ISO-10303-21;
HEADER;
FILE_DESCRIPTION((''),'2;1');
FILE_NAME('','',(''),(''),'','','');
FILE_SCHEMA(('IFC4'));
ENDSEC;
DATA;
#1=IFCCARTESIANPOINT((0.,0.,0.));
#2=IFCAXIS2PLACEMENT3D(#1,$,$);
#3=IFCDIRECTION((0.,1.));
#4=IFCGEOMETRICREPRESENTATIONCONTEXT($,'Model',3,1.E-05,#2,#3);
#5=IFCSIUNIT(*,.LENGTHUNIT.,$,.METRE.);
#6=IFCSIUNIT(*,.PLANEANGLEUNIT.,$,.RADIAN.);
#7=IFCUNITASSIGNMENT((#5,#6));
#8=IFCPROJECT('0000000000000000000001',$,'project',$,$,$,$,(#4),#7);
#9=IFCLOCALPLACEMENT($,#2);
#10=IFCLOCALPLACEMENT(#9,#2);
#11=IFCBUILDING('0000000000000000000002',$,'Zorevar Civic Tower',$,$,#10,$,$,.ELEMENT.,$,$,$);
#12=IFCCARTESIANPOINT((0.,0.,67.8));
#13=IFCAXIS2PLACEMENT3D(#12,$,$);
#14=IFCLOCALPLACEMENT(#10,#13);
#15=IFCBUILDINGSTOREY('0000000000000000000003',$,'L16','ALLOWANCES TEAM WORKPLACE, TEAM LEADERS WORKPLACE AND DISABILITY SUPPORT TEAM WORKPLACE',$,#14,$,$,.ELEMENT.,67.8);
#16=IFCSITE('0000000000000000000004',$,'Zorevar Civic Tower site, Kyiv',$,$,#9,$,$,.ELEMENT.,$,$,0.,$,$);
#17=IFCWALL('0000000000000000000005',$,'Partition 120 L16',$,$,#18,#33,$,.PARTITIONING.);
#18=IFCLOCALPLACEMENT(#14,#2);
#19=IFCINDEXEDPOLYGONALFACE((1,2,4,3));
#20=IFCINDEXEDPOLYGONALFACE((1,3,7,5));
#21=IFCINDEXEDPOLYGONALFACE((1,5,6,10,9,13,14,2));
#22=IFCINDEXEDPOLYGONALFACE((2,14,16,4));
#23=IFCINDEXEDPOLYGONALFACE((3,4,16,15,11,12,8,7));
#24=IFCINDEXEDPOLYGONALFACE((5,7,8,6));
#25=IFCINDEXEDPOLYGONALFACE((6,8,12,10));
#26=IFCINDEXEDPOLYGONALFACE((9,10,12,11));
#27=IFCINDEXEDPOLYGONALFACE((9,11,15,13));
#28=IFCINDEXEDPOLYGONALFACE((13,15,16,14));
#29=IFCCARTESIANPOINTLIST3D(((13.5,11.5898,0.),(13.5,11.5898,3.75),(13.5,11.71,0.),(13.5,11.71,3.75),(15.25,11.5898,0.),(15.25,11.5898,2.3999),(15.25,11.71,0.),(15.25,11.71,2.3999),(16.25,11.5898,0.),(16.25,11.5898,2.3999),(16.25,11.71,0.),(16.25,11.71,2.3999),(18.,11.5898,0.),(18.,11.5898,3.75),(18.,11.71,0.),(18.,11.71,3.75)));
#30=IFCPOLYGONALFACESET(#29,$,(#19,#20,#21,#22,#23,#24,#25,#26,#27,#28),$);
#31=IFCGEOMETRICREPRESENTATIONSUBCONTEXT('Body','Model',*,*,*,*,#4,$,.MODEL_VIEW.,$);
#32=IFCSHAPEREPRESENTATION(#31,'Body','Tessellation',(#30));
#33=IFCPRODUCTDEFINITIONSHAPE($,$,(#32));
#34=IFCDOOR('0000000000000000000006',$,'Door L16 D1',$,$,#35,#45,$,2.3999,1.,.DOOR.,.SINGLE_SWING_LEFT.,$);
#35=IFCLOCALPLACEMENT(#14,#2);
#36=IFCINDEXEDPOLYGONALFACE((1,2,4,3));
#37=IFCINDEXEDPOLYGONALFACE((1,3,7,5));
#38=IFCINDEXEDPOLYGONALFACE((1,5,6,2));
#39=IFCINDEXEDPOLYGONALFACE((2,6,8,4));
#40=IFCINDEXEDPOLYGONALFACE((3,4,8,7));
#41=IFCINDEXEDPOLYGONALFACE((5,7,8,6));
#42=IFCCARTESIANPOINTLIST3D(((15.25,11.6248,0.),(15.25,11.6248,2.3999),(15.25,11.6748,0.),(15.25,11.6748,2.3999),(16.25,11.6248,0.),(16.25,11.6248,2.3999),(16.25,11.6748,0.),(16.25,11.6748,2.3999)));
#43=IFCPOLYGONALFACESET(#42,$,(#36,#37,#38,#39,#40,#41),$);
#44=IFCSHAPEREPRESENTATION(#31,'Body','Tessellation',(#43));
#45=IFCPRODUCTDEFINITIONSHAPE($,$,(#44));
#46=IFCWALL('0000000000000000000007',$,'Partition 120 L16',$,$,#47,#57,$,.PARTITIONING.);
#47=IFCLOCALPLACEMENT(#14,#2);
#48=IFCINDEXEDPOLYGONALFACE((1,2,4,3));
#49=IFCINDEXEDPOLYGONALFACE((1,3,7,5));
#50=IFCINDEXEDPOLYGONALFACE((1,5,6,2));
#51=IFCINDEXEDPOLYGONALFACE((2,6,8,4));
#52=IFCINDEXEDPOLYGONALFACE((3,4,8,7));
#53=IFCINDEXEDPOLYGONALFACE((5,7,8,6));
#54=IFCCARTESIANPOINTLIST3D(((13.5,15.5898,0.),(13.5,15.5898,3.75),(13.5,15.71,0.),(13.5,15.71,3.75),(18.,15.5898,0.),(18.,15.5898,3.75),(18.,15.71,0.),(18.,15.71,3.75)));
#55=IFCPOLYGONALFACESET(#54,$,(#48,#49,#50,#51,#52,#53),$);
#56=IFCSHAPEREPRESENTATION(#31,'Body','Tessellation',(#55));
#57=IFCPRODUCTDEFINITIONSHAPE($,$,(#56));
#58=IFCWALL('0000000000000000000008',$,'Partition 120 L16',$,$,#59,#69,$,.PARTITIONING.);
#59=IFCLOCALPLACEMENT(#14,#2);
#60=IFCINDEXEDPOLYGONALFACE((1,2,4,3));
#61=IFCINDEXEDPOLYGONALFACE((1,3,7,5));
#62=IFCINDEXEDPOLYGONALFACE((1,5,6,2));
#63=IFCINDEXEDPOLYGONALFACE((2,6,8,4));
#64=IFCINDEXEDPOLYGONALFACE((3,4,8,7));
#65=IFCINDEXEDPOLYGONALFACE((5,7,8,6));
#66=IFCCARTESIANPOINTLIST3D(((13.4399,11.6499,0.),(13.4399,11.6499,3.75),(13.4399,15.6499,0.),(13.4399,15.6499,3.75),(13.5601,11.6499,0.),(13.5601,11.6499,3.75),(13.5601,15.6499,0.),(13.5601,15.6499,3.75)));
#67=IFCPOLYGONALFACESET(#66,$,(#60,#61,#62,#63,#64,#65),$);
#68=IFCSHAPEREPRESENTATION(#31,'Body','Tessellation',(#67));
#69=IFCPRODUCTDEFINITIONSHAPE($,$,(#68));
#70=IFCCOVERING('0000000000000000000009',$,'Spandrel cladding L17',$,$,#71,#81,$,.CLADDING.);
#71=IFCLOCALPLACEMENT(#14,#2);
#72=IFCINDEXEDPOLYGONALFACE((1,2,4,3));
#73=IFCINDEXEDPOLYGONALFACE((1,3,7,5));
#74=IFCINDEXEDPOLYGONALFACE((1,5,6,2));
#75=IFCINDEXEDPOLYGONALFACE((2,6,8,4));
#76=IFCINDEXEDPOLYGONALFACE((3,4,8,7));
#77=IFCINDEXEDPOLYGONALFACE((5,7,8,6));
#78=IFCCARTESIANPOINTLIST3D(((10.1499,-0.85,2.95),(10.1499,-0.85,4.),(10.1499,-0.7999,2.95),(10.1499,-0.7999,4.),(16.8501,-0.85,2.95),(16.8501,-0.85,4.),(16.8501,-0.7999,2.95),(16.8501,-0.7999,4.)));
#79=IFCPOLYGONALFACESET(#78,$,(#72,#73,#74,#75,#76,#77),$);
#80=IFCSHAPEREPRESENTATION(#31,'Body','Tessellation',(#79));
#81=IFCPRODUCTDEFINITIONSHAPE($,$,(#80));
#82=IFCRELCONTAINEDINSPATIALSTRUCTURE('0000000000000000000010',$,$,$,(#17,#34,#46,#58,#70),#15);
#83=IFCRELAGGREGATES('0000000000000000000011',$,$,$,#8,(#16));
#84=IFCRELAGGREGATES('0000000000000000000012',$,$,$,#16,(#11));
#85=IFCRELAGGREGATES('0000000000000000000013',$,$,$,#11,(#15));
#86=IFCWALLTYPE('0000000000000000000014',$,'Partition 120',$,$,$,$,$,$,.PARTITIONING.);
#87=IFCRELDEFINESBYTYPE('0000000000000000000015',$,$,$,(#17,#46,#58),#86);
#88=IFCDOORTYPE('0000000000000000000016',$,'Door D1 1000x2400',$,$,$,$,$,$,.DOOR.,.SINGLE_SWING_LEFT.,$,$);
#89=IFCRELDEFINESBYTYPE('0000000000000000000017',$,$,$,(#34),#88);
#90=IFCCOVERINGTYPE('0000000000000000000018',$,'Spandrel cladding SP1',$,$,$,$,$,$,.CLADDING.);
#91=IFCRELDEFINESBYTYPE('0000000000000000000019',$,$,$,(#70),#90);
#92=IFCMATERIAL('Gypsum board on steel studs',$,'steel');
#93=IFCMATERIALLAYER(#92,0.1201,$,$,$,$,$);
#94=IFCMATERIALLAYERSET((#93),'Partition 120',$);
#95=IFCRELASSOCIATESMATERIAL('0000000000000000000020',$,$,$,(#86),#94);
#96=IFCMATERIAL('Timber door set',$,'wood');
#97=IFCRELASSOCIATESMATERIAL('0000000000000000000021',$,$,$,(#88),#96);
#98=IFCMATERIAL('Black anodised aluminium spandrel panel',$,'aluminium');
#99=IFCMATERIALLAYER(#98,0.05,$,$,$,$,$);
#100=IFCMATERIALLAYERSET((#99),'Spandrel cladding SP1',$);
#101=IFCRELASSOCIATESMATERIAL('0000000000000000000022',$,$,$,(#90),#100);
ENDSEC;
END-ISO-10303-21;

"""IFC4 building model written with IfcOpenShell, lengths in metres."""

from ifc_helpers import new_model, si_unit, direction, frame, frame_2d, origin, place, context, subcontext, project, spatial, rectangle, extrude, material, layer, layer_set, type_object, element, fill, save


model = new_model("IFC4")

# Units and contexts
model_context = context("Model", 3, precision=1e-05, world=origin(), true_north=direction((0.0, 1.0)))
body_context = subcontext(model_context, "Body", "Model", "MODEL_VIEW")
ifc_project = project(units=[si_unit("LENGTHUNIT", "METRE"), si_unit("PLANEANGLEUNIT", "RADIAN")], contexts=[model_context])

# Site, building, storey
site_placement = place(None, origin())
site = spatial("IfcSite", under=ifc_project, at=site_placement, Name="Zorevar Civic Tower site, Kyiv", CompositionType="ELEMENT", RefElevation=0.0)
building_placement = place(site_placement, origin())
building = spatial("IfcBuilding", under=site, at=building_placement, Name="Zorevar Civic Tower", CompositionType="ELEMENT")
storey_placement = place(building_placement, frame((0.0, 0.0, 67.8)))
storey = spatial("IfcBuildingStorey", under=building, at=storey_placement, Name="L16", Description="ALLOWANCES TEAM WORKPLACE, TEAM LEADERS WORKPLACE AND DISABILITY SUPPORT TEAM WORKPLACE", CompositionType="ELEMENT", Elevation=67.8)

# Wall, opening, door
ifc_material_1 = material(Name="Gypsum board on steel studs", Category="steel")
ifc_layer_1 = layer(ifc_material_1, 0.1201)
ifc_layer_set_1 = layer_set([ifc_layer_1], Name="Partition 120")
wall_type = type_object("IfcWallType", Name="Partition 120", PredefinedType="PARTITIONING", material=ifc_layer_set_1)
wall_1_placement = place(storey_placement, frame((13.5, 11.6499, 0.0), z_axis=(0.0, 0.0, 1.0), x_axis=(1.0, 0.0, 0.0)))
wall_1 = element("IfcWall", 1, at=wall_1_placement, inside=storey, type_object=wall_type, Name="Partition 120 L16", PredefinedType="PARTITIONING", context=body_context, shape_type="SweptSolid", body=[
    extrude(rectangle(XDim=4.5, YDim=0.1201, at=frame_2d((2.25, 0.0))), origin(), (0.0, 0.0, 1.0), 3.75),
])
opening_placement = place(wall_1_placement, frame((1.75, 0.0, 0.0)))
opening = element("IfcOpeningElement", 2, at=opening_placement, cuts=wall_1, PredefinedType="OPENING", context=body_context, shape_type="SweptSolid", body=[
    extrude(rectangle(XDim=1.0, YDim=2.3999, at=frame_2d((0.5, 1.2))), frame((0.0, 0.0701, 0.0), z_axis=(0.0, -1.0, 0.0), x_axis=(1.0, 0.0, 0.0)), (0.0, 0.0, 1.0), 0.1401),
])
ifc_material_2 = material(Name="Timber door set", Category="wood")
door_type = type_object("IfcDoorType", Name="Door D1 1000x2400", OperationType="SINGLE_SWING_LEFT", PredefinedType="DOOR", material=ifc_material_2)
door_placement = place(opening_placement, origin())
door = element("IfcDoor", 3, at=door_placement, inside=storey, type_object=door_type, Name="Door L16 D1", OperationType="SINGLE_SWING_LEFT", OverallHeight=2.3999, OverallWidth=1.0, PredefinedType="DOOR", context=body_context, shape_type="SweptSolid", body=[
    extrude(rectangle(XDim=1.0, YDim=2.3999, at=frame_2d((0.5, 1.2))), frame((0.0, 0.0249, 0.0), z_axis=(0.0, -1.0, 0.0), x_axis=(1.0, 0.0, 0.0)), (0.0, 0.0, 1.0), 0.05),
])
fill(opening, door)

# Walls
wall_2_placement = place(storey_placement, frame((13.5, 15.6499, 0.0), z_axis=(0.0, 0.0, 1.0), x_axis=(1.0, 0.0, 0.0)))
element("IfcWall", 4, at=wall_2_placement, inside=storey, type_object=wall_type, Name="Partition 120 L16", PredefinedType="PARTITIONING", context=body_context, shape_type="SweptSolid", body=[
    extrude(rectangle(XDim=4.5, YDim=0.1201, at=frame_2d((2.25, 0.0))), origin(), (0.0, 0.0, 1.0), 3.75),
])
wall_3_placement = place(storey_placement, frame((13.5, 11.6499, 0.0), z_axis=(0.0, 0.0, 1.0), x_axis=(0.0, 1.0, 0.0)))
element("IfcWall", 5, at=wall_3_placement, inside=storey, type_object=wall_type, Name="Partition 120 L16", PredefinedType="PARTITIONING", context=body_context, shape_type="SweptSolid", body=[
    extrude(rectangle(XDim=4.0, YDim=0.1201, at=frame_2d((2.0, 0.0))), origin(), (0.0, 0.0, 1.0), 3.75),
])

# Covering
ifc_material_3 = material(Name="Black anodised aluminium spandrel panel", Category="aluminium")
ifc_layer_2 = layer(ifc_material_3, 0.05)
ifc_layer_set_2 = layer_set([ifc_layer_2], Name="Spandrel cladding SP1")
covering_type = type_object("IfcCoveringType", Name="Spandrel cladding SP1", PredefinedType="CLADDING", material=ifc_layer_set_2)
covering_placement = place(storey_placement, frame((10.1499, -0.825, 2.95), z_axis=(0.0, 0.0, 1.0), x_axis=(1.0, 0.0, 0.0)))
element("IfcCovering", 6, at=covering_placement, inside=storey, type_object=covering_type, Name="Spandrel cladding L17", PredefinedType="CLADDING", context=body_context, shape_type="SweptSolid", body=[
    extrude(rectangle(XDim=6.7002, YDim=0.05, at=frame_2d((3.3501, 0.0))), origin(), (0.0, 0.0, 1.0), 1.05),
])

save(model, "model.ifc")
